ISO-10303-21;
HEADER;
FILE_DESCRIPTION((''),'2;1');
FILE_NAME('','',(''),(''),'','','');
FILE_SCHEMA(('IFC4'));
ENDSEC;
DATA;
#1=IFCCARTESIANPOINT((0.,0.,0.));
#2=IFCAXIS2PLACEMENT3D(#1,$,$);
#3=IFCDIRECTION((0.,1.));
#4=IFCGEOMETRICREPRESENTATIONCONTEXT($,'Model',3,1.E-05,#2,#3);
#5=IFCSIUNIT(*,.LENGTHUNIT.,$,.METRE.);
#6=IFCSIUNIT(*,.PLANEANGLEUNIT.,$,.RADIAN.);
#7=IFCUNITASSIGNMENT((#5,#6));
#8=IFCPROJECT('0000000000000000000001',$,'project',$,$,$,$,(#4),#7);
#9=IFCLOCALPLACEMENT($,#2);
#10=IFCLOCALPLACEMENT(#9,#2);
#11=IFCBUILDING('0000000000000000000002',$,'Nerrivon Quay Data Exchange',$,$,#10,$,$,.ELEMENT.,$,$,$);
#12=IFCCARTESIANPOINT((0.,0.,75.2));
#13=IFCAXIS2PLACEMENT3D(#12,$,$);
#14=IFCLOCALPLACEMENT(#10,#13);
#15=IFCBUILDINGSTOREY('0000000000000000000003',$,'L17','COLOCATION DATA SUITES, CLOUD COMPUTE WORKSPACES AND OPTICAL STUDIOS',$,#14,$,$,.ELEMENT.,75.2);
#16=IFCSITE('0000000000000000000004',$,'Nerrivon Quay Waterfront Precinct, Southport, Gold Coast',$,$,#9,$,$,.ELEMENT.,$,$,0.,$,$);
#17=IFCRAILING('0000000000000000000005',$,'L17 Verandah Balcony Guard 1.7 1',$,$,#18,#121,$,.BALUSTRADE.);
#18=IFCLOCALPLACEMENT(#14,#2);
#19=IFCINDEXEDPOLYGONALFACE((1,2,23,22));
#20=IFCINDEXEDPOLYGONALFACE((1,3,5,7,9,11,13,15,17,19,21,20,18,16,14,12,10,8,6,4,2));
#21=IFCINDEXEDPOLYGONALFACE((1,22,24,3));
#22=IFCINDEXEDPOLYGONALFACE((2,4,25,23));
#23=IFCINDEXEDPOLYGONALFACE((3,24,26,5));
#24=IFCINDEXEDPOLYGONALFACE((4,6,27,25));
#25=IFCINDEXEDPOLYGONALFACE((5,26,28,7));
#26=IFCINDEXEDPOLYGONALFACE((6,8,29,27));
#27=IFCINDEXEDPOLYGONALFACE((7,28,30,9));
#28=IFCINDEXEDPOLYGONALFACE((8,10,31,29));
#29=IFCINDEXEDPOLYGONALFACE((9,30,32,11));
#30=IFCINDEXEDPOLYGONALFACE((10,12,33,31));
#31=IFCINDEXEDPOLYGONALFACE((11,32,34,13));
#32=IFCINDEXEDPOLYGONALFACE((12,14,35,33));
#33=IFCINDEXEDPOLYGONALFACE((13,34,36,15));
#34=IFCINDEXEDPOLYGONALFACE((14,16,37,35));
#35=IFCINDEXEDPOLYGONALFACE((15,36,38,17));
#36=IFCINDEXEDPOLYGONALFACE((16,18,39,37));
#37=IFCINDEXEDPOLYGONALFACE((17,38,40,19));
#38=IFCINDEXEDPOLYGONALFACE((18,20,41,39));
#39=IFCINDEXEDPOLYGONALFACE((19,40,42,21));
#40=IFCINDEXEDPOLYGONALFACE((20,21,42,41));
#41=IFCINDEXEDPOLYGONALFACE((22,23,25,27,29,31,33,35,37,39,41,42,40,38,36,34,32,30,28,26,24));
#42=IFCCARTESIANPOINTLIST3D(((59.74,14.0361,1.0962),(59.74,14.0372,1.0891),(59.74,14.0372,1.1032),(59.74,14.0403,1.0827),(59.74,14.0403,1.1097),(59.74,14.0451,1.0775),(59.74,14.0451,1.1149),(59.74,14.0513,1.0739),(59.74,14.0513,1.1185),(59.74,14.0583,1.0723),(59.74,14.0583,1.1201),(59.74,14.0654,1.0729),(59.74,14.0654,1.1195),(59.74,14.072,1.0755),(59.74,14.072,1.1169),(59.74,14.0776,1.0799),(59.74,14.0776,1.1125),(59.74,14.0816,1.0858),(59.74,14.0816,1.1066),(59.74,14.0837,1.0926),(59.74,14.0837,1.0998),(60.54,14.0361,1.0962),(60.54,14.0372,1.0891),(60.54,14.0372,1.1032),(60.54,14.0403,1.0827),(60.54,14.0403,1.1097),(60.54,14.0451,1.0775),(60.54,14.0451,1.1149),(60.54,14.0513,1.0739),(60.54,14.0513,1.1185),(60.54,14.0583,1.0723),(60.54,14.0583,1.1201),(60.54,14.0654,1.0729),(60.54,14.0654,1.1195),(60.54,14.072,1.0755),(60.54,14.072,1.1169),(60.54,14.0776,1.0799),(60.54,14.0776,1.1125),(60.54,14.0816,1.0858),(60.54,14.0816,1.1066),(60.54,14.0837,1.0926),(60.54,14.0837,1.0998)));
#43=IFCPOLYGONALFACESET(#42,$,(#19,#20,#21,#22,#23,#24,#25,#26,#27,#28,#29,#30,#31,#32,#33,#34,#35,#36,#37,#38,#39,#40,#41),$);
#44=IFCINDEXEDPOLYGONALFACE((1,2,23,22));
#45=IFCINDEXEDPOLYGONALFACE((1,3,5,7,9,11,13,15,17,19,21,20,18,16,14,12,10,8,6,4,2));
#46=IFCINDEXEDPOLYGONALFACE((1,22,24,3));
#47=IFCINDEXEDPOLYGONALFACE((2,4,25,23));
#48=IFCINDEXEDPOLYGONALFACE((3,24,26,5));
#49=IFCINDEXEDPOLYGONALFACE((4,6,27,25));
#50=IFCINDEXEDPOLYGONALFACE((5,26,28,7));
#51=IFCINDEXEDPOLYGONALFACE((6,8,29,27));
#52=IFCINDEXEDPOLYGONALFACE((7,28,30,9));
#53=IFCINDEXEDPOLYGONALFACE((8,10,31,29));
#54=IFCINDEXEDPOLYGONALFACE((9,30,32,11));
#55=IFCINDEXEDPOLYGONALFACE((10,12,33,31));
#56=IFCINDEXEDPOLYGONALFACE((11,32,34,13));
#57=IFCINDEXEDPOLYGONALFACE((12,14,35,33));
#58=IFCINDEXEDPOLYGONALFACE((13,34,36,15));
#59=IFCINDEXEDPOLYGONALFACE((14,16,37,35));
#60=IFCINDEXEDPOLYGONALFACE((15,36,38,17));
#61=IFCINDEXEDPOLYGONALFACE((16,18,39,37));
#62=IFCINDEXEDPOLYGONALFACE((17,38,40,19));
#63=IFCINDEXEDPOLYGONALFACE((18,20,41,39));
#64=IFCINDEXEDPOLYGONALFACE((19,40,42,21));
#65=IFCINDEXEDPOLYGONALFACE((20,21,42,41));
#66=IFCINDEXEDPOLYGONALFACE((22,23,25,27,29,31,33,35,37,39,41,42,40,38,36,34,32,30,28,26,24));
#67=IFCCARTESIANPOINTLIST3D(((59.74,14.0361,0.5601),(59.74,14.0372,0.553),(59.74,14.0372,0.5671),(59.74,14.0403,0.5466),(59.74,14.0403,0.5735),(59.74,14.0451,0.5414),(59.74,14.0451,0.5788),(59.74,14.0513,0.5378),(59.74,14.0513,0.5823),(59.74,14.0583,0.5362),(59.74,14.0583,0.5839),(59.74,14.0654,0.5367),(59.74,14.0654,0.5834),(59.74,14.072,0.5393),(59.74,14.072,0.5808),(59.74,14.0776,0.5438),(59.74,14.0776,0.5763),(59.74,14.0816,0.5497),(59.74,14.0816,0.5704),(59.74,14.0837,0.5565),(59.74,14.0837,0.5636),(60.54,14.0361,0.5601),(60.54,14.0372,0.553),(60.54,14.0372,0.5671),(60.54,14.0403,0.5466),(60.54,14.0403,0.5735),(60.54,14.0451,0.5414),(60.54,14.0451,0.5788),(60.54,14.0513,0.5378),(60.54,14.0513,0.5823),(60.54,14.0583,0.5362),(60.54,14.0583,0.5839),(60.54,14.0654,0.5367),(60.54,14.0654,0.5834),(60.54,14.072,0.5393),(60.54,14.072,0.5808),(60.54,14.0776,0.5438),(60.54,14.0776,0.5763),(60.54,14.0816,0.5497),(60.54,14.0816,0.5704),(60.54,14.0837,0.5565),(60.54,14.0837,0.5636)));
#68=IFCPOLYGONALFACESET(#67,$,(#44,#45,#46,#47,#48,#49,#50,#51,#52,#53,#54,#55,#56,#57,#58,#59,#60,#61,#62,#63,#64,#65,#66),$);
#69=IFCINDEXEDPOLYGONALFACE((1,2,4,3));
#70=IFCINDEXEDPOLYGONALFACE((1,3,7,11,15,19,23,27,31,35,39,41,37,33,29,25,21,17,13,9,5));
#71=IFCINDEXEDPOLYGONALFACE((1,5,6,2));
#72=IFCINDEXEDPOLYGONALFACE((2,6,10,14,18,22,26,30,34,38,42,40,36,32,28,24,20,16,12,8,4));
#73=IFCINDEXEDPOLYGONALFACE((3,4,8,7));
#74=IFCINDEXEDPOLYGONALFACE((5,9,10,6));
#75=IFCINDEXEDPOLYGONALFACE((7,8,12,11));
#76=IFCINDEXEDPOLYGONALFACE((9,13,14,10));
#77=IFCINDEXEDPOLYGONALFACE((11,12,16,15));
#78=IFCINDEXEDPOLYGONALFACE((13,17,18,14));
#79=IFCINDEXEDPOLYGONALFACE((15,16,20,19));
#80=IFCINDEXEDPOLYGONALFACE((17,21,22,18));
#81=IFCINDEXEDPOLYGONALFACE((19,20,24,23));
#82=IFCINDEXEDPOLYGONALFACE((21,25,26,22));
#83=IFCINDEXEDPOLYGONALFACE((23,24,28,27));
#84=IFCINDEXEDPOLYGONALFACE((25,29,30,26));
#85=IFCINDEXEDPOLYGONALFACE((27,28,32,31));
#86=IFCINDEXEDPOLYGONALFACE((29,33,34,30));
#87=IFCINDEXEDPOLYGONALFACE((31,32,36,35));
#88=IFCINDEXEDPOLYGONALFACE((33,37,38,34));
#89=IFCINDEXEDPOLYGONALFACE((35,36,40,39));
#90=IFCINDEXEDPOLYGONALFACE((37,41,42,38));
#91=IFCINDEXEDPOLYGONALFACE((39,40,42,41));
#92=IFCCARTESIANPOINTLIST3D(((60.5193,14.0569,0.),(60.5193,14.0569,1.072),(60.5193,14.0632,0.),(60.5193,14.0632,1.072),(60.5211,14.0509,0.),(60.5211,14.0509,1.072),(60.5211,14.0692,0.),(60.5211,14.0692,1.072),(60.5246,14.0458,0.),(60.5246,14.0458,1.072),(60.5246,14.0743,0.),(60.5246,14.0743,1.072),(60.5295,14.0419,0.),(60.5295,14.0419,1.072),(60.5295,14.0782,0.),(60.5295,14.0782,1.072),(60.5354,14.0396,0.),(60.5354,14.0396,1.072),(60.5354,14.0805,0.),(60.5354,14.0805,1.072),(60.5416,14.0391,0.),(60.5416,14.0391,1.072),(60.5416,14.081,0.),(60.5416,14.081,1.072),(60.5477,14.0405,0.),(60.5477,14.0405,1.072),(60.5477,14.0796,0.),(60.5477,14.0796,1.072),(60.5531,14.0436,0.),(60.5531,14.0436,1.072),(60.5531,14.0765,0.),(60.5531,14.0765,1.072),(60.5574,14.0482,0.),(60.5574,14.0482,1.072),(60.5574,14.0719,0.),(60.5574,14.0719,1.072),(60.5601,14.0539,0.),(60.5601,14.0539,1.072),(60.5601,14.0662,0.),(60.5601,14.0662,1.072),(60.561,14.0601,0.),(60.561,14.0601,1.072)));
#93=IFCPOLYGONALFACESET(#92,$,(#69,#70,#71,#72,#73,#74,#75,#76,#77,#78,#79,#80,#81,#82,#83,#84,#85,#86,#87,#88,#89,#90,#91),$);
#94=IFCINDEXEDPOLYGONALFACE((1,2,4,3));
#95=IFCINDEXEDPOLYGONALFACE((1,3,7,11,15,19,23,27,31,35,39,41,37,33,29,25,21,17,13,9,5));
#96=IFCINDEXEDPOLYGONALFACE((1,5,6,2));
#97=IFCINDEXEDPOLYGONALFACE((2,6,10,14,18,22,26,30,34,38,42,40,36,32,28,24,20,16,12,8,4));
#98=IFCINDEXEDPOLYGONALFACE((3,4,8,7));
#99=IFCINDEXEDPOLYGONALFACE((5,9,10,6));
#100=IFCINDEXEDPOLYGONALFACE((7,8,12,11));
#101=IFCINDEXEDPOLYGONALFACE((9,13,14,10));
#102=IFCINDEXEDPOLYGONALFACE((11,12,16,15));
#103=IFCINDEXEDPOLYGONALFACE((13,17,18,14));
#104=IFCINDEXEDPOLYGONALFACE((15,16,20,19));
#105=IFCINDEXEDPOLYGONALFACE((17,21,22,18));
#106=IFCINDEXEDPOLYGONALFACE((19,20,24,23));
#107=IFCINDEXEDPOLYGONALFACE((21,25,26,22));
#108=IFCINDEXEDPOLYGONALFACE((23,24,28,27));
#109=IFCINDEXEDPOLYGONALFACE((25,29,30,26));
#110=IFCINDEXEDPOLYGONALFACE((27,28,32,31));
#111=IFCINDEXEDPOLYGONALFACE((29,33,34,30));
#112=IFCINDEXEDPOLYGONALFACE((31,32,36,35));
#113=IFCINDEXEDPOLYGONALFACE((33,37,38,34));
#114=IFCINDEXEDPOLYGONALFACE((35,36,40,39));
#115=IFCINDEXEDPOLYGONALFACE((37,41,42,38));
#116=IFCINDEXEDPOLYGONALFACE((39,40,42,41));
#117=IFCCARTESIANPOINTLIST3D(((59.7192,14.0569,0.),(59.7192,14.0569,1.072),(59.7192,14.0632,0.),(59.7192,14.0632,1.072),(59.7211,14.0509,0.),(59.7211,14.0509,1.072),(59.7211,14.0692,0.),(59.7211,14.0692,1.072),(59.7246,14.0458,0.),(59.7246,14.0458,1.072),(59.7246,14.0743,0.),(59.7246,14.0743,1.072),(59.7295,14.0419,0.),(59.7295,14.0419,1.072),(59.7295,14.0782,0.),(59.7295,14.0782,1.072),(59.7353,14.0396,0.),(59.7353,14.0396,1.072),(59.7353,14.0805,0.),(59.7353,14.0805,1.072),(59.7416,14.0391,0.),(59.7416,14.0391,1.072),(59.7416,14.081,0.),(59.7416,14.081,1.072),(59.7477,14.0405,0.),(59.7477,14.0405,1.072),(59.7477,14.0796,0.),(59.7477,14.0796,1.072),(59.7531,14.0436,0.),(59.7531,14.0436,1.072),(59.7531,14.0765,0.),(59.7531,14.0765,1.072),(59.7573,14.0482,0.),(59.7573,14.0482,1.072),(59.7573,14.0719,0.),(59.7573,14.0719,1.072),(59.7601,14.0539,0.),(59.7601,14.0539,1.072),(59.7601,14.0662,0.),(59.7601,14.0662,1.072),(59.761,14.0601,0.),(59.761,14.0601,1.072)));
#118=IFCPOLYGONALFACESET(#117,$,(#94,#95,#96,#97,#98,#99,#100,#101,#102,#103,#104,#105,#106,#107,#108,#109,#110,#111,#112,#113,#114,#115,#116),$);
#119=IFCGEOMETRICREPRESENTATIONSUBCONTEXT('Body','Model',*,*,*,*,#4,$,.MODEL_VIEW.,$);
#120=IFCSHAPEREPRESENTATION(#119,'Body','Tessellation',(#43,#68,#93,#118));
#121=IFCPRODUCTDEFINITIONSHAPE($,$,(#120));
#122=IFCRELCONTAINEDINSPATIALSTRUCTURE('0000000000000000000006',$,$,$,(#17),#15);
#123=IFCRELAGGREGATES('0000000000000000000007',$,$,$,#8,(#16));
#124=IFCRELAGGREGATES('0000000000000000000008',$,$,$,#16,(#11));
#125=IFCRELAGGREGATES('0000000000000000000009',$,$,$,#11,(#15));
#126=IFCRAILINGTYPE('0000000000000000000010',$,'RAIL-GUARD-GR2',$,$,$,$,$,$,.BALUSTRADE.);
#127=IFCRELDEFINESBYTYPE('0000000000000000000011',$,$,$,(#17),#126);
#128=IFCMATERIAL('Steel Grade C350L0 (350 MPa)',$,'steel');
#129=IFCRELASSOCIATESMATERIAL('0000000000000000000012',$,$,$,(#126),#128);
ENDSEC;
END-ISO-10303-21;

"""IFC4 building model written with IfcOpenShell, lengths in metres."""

from ifc_helpers import new_model, si_unit, direction, frame, origin, origin_2d, place, context, subcontext, project, spatial, circle, extrude, material, type_object, element, save


model = new_model("IFC4")

# Units and contexts
model_context = context("Model", 3, precision=1e-05, world=origin(), true_north=direction((0.0, 1.0)))
body_context = subcontext(model_context, "Body", "Model", "MODEL_VIEW")
ifc_project = project(units=[si_unit("LENGTHUNIT", "METRE"), si_unit("PLANEANGLEUNIT", "RADIAN")], contexts=[model_context])

# Site, building, storey
site_placement = place(None, origin())
site = spatial("IfcSite", under=ifc_project, at=site_placement, Name="Nerrivon Quay Waterfront Precinct, Southport, Gold Coast", CompositionType="ELEMENT", RefElevation=0.0)
building_placement = place(site_placement, origin())
building = spatial("IfcBuilding", under=site, at=building_placement, Name="Nerrivon Quay Data Exchange", CompositionType="ELEMENT")
storey_placement = place(building_placement, frame((0.0, 0.0, 75.2)))
storey = spatial("IfcBuildingStorey", under=building, at=storey_placement, Name="L17", Description="COLOCATION DATA SUITES, CLOUD COMPUTE WORKSPACES AND OPTICAL STUDIOS", CompositionType="ELEMENT", Elevation=75.2)

# Railing
ifc_material_1 = material(Name="Steel Grade C350L0 (350 MPa)", Category="steel")
railing_type = type_object("IfcRailingType", Name="RAIL-GUARD-GR2", PredefinedType="BALUSTRADE", material=ifc_material_1)
railing_1_placement = place(storey_placement, frame((60.54, 14.0601, 0.0)))
element("IfcRailing", 1, at=railing_1_placement, inside=storey, type_object=railing_type, Name="L17 Verandah Balcony Guard 1.7 1", PredefinedType="BALUSTRADE", context=body_context, shape_type="SweptSolid", body=[
    extrude(circle(Radius=0.0239, at=origin_2d()), frame((0.0, 0.0, 1.0962), z_axis=(-1.0, 0.0, 0.0), x_axis=(0.0, -1.0, 0.0)), (0.0, 0.0, 1.0), 0.8),
    extrude(circle(Radius=0.0239, at=origin_2d()), frame((0.0, 0.0, 0.5601), z_axis=(-1.0, 0.0, 0.0), x_axis=(0.0, -1.0, 0.0)), (0.0, 0.0, 1.0), 0.8),
    extrude(circle(Radius=0.021, at=origin_2d()), origin(), (0.0, 0.0, 1.0), 1.072),
    extrude(circle(Radius=0.021, at=origin_2d()), frame((-0.8, 0.0, 0.0)), (0.0, 0.0, 1.0), 1.072),
])

save(model, "model.ifc")
